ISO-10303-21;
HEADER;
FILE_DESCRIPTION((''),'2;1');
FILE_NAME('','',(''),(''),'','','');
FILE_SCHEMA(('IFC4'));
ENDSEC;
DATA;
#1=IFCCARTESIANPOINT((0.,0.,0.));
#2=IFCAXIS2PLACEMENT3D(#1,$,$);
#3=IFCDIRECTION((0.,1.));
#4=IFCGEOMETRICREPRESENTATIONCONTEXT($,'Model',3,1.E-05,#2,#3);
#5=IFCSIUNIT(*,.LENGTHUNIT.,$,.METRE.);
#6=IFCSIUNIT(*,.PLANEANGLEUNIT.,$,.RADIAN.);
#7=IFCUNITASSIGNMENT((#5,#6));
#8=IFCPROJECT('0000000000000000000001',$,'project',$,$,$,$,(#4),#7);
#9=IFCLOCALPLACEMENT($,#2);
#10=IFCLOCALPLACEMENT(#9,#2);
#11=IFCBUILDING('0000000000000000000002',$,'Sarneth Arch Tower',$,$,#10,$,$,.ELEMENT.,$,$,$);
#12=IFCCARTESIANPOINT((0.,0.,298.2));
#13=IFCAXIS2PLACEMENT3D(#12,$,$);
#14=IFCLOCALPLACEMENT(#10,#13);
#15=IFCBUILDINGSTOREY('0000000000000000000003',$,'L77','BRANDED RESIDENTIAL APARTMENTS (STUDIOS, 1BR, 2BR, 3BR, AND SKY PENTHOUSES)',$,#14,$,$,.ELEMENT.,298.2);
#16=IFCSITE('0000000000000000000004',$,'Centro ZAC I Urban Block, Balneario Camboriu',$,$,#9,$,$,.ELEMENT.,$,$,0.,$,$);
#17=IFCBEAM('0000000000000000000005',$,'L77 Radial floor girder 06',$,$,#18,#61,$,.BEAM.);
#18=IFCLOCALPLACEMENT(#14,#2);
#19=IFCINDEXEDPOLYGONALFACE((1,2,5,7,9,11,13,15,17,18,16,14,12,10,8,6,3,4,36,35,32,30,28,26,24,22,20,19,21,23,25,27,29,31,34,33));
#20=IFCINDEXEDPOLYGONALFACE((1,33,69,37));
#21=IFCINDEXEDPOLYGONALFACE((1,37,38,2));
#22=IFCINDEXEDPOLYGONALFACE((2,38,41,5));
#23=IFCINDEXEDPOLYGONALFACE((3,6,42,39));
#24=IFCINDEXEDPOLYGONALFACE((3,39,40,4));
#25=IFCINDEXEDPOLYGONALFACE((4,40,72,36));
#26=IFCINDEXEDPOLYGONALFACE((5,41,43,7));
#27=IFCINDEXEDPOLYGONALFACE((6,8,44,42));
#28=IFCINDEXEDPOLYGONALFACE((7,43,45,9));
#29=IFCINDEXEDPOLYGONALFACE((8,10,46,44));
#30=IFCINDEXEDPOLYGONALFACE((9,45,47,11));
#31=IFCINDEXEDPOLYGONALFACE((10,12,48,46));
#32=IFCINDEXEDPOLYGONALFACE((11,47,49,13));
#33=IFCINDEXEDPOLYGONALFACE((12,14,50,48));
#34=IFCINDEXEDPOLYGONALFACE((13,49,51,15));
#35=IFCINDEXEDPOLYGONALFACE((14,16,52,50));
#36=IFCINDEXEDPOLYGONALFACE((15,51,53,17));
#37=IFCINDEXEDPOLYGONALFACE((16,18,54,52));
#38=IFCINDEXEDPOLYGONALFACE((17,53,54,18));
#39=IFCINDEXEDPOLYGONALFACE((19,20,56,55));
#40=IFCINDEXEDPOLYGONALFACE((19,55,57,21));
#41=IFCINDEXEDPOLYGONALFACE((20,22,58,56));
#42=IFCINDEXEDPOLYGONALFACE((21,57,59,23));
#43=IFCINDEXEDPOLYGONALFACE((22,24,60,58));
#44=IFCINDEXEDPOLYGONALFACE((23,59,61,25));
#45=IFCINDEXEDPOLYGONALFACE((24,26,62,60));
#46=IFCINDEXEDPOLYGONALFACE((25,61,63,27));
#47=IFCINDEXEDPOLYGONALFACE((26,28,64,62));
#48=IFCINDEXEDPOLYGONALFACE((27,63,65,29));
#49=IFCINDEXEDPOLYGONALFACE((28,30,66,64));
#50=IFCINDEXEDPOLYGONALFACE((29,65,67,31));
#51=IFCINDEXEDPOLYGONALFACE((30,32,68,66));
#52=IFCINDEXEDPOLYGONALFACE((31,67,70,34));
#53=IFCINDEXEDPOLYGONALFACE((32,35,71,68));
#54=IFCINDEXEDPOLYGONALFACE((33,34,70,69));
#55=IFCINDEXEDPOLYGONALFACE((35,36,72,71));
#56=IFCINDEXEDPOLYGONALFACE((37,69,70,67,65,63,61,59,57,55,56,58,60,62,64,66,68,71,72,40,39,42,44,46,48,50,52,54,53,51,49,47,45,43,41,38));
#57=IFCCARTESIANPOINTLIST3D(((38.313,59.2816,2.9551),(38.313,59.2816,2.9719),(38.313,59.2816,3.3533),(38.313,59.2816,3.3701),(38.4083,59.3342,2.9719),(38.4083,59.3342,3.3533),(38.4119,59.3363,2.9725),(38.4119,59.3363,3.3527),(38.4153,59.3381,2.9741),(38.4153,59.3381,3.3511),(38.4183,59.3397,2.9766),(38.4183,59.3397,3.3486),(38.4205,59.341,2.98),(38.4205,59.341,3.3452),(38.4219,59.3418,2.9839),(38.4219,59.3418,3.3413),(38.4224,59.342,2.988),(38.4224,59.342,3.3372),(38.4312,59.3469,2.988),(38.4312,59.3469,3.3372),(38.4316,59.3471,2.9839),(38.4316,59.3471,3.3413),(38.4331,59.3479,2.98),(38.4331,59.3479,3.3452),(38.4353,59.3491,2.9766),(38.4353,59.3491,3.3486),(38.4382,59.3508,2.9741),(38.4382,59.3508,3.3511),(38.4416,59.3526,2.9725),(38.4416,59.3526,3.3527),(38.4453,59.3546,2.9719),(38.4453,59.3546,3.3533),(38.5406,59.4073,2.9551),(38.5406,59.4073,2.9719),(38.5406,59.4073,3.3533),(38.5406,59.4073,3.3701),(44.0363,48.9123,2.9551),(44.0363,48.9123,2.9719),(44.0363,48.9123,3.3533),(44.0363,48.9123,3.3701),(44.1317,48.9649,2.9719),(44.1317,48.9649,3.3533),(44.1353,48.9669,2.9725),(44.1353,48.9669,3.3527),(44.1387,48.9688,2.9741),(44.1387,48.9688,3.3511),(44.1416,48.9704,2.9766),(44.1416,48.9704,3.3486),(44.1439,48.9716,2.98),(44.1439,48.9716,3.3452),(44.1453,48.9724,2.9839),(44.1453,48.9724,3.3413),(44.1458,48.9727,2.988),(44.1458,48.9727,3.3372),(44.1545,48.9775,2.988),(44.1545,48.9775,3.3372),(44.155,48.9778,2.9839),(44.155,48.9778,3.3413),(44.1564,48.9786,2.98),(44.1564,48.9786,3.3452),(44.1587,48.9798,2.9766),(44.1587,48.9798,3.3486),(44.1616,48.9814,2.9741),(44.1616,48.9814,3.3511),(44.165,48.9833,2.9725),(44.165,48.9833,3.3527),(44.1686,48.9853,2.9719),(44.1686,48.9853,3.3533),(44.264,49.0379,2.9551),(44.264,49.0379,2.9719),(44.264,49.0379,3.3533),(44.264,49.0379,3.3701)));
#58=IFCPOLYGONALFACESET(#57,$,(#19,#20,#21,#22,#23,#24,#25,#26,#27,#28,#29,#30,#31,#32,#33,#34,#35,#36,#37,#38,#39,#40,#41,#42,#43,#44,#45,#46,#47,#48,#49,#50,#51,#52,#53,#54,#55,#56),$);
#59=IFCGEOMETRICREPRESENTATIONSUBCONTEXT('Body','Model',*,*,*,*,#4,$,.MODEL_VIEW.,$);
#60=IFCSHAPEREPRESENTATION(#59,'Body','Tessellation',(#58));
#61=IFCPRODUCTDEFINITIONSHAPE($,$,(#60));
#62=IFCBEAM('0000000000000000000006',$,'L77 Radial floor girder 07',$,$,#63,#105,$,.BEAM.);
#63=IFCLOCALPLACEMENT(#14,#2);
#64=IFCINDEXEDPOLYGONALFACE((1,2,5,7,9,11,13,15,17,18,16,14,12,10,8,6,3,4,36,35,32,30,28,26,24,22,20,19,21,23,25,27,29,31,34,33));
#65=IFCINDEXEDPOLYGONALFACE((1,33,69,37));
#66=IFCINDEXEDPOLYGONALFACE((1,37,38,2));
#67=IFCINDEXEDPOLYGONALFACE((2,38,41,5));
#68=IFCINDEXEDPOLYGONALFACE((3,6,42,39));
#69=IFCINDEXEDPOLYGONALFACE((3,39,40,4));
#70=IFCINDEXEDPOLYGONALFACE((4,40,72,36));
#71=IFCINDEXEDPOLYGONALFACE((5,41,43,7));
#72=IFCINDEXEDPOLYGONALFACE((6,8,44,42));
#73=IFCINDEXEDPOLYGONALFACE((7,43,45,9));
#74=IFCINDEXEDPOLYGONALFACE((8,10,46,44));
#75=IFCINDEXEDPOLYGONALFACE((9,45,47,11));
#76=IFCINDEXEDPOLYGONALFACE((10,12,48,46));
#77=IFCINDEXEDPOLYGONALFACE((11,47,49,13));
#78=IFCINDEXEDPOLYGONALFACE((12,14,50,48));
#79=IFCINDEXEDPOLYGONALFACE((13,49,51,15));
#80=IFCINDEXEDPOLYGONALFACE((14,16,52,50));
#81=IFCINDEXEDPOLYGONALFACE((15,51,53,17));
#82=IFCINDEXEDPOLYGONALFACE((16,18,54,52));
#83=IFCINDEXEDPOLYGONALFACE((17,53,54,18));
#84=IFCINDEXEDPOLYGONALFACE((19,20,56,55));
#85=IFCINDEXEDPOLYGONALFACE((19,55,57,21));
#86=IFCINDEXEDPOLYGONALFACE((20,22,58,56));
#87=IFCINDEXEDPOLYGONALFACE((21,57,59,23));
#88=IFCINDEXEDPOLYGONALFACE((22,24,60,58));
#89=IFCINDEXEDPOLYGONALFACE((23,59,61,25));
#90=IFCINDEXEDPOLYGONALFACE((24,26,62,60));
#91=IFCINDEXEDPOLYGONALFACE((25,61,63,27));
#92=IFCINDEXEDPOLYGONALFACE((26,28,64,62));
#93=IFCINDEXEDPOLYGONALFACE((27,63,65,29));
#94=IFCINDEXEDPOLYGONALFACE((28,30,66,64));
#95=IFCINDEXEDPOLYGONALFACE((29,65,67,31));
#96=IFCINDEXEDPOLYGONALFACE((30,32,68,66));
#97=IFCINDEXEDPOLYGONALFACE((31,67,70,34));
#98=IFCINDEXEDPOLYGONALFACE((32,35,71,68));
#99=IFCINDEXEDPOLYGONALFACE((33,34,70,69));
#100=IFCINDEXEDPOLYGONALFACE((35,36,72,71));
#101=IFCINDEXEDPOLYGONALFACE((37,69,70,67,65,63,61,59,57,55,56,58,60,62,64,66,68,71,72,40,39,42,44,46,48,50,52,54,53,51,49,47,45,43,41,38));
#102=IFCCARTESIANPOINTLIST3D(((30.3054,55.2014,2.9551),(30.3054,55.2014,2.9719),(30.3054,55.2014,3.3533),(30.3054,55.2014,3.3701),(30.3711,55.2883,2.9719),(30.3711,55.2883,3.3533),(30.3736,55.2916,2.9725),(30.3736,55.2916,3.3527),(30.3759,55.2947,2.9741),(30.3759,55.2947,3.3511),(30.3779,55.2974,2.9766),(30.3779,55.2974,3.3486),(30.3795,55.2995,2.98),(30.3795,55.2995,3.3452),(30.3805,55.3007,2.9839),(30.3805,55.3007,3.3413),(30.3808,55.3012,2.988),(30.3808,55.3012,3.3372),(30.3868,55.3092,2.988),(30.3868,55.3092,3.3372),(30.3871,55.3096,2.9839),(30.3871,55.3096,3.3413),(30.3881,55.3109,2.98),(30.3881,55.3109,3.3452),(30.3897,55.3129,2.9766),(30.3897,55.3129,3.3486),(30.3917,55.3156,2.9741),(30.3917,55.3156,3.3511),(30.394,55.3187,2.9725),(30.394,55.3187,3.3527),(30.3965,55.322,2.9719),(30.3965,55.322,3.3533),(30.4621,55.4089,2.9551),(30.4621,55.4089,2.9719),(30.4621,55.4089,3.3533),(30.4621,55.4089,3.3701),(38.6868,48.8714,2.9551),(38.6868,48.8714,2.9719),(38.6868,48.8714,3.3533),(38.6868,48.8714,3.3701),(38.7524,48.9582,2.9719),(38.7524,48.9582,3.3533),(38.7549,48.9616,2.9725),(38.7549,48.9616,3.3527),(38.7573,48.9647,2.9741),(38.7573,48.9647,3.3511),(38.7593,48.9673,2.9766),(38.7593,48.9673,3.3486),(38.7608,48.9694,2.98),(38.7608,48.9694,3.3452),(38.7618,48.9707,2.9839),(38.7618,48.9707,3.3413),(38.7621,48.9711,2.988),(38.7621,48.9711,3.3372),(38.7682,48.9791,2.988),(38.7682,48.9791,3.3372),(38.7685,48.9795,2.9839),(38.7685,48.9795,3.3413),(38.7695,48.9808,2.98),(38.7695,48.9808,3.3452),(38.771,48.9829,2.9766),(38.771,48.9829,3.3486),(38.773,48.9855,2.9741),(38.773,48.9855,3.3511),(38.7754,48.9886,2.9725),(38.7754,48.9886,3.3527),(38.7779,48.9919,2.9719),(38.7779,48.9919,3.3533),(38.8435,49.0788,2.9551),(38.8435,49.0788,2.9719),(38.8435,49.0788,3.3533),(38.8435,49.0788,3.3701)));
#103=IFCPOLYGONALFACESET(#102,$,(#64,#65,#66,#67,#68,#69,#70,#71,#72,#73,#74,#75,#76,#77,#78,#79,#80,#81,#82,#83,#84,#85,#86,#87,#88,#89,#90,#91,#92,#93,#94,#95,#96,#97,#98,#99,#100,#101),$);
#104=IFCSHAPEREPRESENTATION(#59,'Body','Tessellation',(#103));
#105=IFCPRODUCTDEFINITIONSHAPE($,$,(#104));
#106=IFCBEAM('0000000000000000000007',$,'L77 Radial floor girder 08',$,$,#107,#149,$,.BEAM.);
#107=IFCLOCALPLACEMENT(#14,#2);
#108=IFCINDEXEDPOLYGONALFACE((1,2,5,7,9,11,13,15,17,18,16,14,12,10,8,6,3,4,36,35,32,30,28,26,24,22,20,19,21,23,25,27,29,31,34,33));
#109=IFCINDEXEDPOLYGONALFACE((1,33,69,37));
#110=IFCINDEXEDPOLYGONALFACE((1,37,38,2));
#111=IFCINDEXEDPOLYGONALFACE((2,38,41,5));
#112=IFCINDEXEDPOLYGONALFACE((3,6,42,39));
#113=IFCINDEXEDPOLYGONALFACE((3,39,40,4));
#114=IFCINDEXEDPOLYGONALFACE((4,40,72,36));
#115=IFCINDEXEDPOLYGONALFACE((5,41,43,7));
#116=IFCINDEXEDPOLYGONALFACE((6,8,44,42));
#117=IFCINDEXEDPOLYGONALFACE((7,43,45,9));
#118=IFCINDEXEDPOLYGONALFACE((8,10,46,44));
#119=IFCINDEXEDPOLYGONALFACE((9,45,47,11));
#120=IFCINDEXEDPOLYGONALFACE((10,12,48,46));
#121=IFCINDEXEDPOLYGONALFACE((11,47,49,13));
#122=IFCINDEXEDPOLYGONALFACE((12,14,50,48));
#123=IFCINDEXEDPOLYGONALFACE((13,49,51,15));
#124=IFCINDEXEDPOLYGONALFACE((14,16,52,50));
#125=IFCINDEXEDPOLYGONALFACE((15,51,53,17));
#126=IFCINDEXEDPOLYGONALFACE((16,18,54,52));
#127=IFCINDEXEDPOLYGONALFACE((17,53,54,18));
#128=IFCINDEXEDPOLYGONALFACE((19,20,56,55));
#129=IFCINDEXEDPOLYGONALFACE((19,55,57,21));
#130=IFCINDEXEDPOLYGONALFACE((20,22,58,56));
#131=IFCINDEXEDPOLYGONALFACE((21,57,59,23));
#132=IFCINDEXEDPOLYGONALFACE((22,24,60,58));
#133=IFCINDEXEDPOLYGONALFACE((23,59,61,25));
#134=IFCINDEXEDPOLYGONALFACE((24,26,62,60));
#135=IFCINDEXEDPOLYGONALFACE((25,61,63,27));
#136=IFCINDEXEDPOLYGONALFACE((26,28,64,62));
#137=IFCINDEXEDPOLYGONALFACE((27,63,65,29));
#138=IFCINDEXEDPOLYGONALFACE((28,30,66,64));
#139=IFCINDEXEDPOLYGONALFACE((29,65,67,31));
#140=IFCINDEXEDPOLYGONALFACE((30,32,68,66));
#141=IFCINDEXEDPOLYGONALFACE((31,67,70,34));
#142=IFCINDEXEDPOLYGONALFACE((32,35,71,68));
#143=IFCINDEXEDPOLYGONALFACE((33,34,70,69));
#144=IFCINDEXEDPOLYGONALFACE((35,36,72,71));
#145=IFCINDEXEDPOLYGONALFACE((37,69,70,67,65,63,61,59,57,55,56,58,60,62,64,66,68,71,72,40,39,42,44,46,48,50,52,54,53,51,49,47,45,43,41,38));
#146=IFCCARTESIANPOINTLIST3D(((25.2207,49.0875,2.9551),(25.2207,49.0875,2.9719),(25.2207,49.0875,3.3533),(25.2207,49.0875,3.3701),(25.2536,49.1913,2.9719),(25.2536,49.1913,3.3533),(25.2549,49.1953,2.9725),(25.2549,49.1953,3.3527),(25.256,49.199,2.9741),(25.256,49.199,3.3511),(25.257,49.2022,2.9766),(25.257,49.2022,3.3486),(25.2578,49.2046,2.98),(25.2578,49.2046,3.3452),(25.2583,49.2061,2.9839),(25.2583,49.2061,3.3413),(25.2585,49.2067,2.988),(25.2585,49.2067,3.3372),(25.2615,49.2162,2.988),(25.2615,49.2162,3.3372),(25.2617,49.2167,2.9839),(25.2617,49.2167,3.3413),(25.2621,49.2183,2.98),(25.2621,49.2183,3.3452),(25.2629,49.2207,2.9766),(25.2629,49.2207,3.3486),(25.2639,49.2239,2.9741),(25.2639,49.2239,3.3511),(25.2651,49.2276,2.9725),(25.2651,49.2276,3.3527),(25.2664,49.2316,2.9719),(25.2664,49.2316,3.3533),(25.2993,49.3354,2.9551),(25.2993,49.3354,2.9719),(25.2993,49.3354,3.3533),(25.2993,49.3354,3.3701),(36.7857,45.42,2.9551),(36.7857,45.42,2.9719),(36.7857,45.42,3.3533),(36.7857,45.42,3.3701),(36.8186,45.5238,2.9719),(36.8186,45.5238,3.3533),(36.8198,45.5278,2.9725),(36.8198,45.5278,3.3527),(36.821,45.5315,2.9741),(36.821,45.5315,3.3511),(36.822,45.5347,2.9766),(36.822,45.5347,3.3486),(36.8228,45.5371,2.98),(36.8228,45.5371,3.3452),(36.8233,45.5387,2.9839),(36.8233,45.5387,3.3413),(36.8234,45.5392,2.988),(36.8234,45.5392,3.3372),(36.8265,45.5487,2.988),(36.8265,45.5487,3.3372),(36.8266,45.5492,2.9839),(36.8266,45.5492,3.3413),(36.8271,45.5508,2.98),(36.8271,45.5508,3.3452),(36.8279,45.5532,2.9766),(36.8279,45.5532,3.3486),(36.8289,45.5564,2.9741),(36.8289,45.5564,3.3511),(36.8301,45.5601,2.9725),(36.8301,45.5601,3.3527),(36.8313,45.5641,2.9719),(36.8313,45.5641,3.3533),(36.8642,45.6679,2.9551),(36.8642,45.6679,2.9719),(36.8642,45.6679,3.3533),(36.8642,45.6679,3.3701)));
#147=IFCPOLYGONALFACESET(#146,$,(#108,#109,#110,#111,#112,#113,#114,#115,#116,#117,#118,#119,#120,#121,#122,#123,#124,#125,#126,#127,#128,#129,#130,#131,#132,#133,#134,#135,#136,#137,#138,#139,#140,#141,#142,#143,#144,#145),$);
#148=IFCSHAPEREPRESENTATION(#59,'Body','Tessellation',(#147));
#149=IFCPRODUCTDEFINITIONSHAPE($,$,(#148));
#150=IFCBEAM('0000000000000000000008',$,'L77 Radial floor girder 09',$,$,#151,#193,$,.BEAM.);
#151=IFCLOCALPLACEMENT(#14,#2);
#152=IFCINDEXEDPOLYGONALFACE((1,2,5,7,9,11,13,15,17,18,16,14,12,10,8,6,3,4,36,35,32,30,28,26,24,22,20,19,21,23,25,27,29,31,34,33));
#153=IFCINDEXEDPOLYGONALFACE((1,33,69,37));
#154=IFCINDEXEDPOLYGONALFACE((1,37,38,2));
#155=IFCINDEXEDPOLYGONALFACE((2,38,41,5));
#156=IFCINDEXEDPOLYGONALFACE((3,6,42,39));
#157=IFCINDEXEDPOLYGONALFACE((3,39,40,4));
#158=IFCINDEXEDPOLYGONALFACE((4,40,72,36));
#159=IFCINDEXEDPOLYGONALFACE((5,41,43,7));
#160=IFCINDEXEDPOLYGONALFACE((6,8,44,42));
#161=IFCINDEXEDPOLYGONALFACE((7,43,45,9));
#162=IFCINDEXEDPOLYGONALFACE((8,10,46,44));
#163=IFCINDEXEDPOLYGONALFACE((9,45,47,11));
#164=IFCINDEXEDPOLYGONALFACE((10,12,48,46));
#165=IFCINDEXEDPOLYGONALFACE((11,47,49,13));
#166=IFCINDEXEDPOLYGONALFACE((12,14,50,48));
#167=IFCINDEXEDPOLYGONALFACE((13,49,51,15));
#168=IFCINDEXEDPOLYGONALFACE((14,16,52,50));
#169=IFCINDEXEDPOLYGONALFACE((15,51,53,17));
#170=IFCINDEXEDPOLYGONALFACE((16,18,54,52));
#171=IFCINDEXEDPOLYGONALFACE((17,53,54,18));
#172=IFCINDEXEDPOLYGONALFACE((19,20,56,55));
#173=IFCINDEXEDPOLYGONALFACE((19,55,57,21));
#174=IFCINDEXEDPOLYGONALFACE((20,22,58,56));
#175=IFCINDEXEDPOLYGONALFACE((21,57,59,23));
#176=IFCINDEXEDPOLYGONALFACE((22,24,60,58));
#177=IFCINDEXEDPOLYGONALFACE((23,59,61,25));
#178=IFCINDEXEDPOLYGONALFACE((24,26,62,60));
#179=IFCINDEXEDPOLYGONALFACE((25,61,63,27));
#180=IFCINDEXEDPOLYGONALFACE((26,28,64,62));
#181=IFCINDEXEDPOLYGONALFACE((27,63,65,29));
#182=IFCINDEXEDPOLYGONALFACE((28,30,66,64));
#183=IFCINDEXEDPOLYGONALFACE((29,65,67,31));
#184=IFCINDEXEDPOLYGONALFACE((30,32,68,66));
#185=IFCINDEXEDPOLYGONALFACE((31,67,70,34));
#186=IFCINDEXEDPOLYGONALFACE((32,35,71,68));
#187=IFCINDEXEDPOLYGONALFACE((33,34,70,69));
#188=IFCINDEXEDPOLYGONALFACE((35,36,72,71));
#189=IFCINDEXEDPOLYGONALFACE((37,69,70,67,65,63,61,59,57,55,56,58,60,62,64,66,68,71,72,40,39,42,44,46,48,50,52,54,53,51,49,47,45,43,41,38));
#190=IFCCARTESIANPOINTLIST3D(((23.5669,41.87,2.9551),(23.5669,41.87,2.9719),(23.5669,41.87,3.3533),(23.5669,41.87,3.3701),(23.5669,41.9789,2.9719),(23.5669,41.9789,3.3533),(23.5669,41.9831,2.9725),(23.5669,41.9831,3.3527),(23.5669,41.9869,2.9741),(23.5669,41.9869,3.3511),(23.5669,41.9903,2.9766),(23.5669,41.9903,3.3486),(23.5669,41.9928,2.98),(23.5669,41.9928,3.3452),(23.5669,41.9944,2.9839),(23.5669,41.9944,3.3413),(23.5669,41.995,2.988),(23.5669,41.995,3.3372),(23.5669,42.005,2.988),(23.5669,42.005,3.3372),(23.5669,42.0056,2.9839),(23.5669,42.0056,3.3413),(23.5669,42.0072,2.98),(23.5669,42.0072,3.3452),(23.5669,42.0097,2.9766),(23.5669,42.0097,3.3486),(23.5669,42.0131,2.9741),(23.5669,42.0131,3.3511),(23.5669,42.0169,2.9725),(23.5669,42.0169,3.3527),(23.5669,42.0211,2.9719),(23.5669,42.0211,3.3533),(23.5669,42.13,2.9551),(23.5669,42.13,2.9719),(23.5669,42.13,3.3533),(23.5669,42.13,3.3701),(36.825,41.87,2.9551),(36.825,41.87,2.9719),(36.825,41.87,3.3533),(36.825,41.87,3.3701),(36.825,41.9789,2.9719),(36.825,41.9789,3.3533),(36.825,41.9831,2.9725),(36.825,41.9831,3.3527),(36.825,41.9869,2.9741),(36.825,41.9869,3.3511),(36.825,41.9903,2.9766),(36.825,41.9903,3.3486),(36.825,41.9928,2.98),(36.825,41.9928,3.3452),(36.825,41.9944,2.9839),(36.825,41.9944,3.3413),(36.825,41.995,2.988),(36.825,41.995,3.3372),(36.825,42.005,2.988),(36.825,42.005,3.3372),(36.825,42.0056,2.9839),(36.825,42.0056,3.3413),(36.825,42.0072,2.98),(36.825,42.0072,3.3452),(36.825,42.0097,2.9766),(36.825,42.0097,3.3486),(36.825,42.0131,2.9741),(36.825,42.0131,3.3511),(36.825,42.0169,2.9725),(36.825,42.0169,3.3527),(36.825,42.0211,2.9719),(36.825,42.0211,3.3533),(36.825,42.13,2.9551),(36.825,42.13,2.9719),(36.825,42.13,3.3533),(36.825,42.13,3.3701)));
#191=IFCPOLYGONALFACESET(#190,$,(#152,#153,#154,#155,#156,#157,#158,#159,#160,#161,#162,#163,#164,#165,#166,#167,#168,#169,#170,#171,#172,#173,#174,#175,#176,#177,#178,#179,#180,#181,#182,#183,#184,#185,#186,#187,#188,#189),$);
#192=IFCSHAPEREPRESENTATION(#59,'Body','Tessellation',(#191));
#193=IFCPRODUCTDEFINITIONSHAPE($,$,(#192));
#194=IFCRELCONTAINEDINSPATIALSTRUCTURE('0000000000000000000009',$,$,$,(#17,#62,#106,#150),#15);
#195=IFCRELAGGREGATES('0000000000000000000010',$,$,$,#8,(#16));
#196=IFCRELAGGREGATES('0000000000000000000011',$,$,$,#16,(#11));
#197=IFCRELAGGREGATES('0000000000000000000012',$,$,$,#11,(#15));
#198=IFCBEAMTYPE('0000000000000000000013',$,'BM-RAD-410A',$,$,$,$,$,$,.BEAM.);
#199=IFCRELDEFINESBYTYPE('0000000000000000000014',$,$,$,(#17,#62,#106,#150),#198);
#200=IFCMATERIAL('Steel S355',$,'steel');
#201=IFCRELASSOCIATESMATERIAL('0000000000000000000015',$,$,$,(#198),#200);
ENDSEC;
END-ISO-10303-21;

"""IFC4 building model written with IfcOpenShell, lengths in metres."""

from ifc_helpers import new_model, si_unit, direction, frame, origin, origin_2d, place, context, subcontext, project, spatial, i_section, extrude, material, material_profile, profile_set, type_object, element, save


model = new_model("IFC4")

# Units and contexts
model_context = context("Model", 3, precision=1e-05, world=origin(), true_north=direction((0.0, 1.0)))
body_context = subcontext(model_context, "Body", "Model", "MODEL_VIEW")
ifc_project = project(units=[si_unit("LENGTHUNIT", "METRE"), si_unit("PLANEANGLEUNIT", "RADIAN")], contexts=[model_context])

# Site, building, storey
site_placement = place(None, origin())
site = spatial("IfcSite", under=ifc_project, at=site_placement, Name="Centro ZAC I Urban Block, Balneario Camboriu", CompositionType="ELEMENT", RefElevation=0.0)
building_placement = place(site_placement, origin())
building = spatial("IfcBuilding", under=site, at=building_placement, Name="Sarneth Arch Tower", CompositionType="ELEMENT")
storey_placement = place(building_placement, frame((0.0, 0.0, 298.2)))
storey = spatial("IfcBuildingStorey", under=building, at=storey_placement, Name="L77", Description="BRANDED RESIDENTIAL APARTMENTS (STUDIOS, 1BR, 2BR, 3BR, AND SKY PENTHOUSES)", CompositionType="ELEMENT", Elevation=298.2)

# Beams
ifc_material_1 = material(Name="Steel S355", Category="steel")
ifc_material_profile = material_profile(ifc_material_1, i_section(OverallWidth=0.26, OverallDepth=0.415, WebThickness=0.01, FlangeThickness=0.0168, FilletRadius=0.0161, at=origin_2d()), Name="W410x100")
ifc_profile_set = profile_set([ifc_material_profile], Name="Steel S355")
beam_type = type_object("IfcBeamType", Name="BM-RAD-410A", PredefinedType="BEAM", material=ifc_profile_set)
beam_1_placement = place(storey_placement, frame((44.1501, 48.9751, 3.1626), z_axis=(-0.483229, 0.875494, 0.0), x_axis=(-0.875494, -0.483229, 0.0)))
element("IfcBeam", 1, at=beam_1_placement, inside=storey, type_object=beam_type, Name="L77 Radial floor girder 06", PredefinedType="BEAM", context=body_context, shape_type="SweptSolid", body=[
    extrude(i_section(OverallWidth=0.26, OverallDepth=0.415, WebThickness=0.01, FlangeThickness=0.0168, FilletRadius=0.0161, at=origin_2d()), origin(), (0.0, 0.0, 1.0), 11.844),
])
beam_2_placement = place(storey_placement, frame((38.7651, 48.9751, 3.1626), z_axis=(-0.797982, 0.602682, 0.0), x_axis=(-0.602682, -0.797982, 0.0)))
element("IfcBeam", 2, at=beam_2_placement, inside=storey, type_object=beam_type, Name="L77 Radial floor girder 07", PredefinedType="BEAM", context=body_context, shape_type="SweptSolid", body=[
    extrude(i_section(OverallWidth=0.26, OverallDepth=0.415, WebThickness=0.01, FlangeThickness=0.0168, FilletRadius=0.0161, at=origin_2d()), origin(), (0.0, 0.0, 1.0), 10.5032),
])
beam_3_placement = place(storey_placement, frame((36.825, 45.5439, 3.1626), z_axis=(-0.953218, 0.302285, 0.0), x_axis=(-0.302285, -0.953218, 0.0)))
element("IfcBeam", 3, at=beam_3_placement, inside=storey, type_object=beam_type, Name="L77 Radial floor girder 08", PredefinedType="BEAM", context=body_context, shape_type="SweptSolid", body=[
    extrude(i_section(OverallWidth=0.26, OverallDepth=0.415, WebThickness=0.01, FlangeThickness=0.0168, FilletRadius=0.0161, at=origin_2d()), origin(), (0.0, 0.0, 1.0), 12.1326),
])
beam_4_placement = place(storey_placement, frame((36.825, 42.0, 3.1626), z_axis=(-1.0, 0.0, 0.0), x_axis=(0.0, -1.0, 0.0)))
element("IfcBeam", 4, at=beam_4_placement, inside=storey, type_object=beam_type, Name="L77 Radial floor girder 09", PredefinedType="BEAM", context=body_context, shape_type="SweptSolid", body=[
    extrude(i_section(OverallWidth=0.26, OverallDepth=0.415, WebThickness=0.01, FlangeThickness=0.0168, FilletRadius=0.0161, at=origin_2d()), origin(), (0.0, 0.0, 1.0), 13.2581),
])

save(model, "model.ifc")
